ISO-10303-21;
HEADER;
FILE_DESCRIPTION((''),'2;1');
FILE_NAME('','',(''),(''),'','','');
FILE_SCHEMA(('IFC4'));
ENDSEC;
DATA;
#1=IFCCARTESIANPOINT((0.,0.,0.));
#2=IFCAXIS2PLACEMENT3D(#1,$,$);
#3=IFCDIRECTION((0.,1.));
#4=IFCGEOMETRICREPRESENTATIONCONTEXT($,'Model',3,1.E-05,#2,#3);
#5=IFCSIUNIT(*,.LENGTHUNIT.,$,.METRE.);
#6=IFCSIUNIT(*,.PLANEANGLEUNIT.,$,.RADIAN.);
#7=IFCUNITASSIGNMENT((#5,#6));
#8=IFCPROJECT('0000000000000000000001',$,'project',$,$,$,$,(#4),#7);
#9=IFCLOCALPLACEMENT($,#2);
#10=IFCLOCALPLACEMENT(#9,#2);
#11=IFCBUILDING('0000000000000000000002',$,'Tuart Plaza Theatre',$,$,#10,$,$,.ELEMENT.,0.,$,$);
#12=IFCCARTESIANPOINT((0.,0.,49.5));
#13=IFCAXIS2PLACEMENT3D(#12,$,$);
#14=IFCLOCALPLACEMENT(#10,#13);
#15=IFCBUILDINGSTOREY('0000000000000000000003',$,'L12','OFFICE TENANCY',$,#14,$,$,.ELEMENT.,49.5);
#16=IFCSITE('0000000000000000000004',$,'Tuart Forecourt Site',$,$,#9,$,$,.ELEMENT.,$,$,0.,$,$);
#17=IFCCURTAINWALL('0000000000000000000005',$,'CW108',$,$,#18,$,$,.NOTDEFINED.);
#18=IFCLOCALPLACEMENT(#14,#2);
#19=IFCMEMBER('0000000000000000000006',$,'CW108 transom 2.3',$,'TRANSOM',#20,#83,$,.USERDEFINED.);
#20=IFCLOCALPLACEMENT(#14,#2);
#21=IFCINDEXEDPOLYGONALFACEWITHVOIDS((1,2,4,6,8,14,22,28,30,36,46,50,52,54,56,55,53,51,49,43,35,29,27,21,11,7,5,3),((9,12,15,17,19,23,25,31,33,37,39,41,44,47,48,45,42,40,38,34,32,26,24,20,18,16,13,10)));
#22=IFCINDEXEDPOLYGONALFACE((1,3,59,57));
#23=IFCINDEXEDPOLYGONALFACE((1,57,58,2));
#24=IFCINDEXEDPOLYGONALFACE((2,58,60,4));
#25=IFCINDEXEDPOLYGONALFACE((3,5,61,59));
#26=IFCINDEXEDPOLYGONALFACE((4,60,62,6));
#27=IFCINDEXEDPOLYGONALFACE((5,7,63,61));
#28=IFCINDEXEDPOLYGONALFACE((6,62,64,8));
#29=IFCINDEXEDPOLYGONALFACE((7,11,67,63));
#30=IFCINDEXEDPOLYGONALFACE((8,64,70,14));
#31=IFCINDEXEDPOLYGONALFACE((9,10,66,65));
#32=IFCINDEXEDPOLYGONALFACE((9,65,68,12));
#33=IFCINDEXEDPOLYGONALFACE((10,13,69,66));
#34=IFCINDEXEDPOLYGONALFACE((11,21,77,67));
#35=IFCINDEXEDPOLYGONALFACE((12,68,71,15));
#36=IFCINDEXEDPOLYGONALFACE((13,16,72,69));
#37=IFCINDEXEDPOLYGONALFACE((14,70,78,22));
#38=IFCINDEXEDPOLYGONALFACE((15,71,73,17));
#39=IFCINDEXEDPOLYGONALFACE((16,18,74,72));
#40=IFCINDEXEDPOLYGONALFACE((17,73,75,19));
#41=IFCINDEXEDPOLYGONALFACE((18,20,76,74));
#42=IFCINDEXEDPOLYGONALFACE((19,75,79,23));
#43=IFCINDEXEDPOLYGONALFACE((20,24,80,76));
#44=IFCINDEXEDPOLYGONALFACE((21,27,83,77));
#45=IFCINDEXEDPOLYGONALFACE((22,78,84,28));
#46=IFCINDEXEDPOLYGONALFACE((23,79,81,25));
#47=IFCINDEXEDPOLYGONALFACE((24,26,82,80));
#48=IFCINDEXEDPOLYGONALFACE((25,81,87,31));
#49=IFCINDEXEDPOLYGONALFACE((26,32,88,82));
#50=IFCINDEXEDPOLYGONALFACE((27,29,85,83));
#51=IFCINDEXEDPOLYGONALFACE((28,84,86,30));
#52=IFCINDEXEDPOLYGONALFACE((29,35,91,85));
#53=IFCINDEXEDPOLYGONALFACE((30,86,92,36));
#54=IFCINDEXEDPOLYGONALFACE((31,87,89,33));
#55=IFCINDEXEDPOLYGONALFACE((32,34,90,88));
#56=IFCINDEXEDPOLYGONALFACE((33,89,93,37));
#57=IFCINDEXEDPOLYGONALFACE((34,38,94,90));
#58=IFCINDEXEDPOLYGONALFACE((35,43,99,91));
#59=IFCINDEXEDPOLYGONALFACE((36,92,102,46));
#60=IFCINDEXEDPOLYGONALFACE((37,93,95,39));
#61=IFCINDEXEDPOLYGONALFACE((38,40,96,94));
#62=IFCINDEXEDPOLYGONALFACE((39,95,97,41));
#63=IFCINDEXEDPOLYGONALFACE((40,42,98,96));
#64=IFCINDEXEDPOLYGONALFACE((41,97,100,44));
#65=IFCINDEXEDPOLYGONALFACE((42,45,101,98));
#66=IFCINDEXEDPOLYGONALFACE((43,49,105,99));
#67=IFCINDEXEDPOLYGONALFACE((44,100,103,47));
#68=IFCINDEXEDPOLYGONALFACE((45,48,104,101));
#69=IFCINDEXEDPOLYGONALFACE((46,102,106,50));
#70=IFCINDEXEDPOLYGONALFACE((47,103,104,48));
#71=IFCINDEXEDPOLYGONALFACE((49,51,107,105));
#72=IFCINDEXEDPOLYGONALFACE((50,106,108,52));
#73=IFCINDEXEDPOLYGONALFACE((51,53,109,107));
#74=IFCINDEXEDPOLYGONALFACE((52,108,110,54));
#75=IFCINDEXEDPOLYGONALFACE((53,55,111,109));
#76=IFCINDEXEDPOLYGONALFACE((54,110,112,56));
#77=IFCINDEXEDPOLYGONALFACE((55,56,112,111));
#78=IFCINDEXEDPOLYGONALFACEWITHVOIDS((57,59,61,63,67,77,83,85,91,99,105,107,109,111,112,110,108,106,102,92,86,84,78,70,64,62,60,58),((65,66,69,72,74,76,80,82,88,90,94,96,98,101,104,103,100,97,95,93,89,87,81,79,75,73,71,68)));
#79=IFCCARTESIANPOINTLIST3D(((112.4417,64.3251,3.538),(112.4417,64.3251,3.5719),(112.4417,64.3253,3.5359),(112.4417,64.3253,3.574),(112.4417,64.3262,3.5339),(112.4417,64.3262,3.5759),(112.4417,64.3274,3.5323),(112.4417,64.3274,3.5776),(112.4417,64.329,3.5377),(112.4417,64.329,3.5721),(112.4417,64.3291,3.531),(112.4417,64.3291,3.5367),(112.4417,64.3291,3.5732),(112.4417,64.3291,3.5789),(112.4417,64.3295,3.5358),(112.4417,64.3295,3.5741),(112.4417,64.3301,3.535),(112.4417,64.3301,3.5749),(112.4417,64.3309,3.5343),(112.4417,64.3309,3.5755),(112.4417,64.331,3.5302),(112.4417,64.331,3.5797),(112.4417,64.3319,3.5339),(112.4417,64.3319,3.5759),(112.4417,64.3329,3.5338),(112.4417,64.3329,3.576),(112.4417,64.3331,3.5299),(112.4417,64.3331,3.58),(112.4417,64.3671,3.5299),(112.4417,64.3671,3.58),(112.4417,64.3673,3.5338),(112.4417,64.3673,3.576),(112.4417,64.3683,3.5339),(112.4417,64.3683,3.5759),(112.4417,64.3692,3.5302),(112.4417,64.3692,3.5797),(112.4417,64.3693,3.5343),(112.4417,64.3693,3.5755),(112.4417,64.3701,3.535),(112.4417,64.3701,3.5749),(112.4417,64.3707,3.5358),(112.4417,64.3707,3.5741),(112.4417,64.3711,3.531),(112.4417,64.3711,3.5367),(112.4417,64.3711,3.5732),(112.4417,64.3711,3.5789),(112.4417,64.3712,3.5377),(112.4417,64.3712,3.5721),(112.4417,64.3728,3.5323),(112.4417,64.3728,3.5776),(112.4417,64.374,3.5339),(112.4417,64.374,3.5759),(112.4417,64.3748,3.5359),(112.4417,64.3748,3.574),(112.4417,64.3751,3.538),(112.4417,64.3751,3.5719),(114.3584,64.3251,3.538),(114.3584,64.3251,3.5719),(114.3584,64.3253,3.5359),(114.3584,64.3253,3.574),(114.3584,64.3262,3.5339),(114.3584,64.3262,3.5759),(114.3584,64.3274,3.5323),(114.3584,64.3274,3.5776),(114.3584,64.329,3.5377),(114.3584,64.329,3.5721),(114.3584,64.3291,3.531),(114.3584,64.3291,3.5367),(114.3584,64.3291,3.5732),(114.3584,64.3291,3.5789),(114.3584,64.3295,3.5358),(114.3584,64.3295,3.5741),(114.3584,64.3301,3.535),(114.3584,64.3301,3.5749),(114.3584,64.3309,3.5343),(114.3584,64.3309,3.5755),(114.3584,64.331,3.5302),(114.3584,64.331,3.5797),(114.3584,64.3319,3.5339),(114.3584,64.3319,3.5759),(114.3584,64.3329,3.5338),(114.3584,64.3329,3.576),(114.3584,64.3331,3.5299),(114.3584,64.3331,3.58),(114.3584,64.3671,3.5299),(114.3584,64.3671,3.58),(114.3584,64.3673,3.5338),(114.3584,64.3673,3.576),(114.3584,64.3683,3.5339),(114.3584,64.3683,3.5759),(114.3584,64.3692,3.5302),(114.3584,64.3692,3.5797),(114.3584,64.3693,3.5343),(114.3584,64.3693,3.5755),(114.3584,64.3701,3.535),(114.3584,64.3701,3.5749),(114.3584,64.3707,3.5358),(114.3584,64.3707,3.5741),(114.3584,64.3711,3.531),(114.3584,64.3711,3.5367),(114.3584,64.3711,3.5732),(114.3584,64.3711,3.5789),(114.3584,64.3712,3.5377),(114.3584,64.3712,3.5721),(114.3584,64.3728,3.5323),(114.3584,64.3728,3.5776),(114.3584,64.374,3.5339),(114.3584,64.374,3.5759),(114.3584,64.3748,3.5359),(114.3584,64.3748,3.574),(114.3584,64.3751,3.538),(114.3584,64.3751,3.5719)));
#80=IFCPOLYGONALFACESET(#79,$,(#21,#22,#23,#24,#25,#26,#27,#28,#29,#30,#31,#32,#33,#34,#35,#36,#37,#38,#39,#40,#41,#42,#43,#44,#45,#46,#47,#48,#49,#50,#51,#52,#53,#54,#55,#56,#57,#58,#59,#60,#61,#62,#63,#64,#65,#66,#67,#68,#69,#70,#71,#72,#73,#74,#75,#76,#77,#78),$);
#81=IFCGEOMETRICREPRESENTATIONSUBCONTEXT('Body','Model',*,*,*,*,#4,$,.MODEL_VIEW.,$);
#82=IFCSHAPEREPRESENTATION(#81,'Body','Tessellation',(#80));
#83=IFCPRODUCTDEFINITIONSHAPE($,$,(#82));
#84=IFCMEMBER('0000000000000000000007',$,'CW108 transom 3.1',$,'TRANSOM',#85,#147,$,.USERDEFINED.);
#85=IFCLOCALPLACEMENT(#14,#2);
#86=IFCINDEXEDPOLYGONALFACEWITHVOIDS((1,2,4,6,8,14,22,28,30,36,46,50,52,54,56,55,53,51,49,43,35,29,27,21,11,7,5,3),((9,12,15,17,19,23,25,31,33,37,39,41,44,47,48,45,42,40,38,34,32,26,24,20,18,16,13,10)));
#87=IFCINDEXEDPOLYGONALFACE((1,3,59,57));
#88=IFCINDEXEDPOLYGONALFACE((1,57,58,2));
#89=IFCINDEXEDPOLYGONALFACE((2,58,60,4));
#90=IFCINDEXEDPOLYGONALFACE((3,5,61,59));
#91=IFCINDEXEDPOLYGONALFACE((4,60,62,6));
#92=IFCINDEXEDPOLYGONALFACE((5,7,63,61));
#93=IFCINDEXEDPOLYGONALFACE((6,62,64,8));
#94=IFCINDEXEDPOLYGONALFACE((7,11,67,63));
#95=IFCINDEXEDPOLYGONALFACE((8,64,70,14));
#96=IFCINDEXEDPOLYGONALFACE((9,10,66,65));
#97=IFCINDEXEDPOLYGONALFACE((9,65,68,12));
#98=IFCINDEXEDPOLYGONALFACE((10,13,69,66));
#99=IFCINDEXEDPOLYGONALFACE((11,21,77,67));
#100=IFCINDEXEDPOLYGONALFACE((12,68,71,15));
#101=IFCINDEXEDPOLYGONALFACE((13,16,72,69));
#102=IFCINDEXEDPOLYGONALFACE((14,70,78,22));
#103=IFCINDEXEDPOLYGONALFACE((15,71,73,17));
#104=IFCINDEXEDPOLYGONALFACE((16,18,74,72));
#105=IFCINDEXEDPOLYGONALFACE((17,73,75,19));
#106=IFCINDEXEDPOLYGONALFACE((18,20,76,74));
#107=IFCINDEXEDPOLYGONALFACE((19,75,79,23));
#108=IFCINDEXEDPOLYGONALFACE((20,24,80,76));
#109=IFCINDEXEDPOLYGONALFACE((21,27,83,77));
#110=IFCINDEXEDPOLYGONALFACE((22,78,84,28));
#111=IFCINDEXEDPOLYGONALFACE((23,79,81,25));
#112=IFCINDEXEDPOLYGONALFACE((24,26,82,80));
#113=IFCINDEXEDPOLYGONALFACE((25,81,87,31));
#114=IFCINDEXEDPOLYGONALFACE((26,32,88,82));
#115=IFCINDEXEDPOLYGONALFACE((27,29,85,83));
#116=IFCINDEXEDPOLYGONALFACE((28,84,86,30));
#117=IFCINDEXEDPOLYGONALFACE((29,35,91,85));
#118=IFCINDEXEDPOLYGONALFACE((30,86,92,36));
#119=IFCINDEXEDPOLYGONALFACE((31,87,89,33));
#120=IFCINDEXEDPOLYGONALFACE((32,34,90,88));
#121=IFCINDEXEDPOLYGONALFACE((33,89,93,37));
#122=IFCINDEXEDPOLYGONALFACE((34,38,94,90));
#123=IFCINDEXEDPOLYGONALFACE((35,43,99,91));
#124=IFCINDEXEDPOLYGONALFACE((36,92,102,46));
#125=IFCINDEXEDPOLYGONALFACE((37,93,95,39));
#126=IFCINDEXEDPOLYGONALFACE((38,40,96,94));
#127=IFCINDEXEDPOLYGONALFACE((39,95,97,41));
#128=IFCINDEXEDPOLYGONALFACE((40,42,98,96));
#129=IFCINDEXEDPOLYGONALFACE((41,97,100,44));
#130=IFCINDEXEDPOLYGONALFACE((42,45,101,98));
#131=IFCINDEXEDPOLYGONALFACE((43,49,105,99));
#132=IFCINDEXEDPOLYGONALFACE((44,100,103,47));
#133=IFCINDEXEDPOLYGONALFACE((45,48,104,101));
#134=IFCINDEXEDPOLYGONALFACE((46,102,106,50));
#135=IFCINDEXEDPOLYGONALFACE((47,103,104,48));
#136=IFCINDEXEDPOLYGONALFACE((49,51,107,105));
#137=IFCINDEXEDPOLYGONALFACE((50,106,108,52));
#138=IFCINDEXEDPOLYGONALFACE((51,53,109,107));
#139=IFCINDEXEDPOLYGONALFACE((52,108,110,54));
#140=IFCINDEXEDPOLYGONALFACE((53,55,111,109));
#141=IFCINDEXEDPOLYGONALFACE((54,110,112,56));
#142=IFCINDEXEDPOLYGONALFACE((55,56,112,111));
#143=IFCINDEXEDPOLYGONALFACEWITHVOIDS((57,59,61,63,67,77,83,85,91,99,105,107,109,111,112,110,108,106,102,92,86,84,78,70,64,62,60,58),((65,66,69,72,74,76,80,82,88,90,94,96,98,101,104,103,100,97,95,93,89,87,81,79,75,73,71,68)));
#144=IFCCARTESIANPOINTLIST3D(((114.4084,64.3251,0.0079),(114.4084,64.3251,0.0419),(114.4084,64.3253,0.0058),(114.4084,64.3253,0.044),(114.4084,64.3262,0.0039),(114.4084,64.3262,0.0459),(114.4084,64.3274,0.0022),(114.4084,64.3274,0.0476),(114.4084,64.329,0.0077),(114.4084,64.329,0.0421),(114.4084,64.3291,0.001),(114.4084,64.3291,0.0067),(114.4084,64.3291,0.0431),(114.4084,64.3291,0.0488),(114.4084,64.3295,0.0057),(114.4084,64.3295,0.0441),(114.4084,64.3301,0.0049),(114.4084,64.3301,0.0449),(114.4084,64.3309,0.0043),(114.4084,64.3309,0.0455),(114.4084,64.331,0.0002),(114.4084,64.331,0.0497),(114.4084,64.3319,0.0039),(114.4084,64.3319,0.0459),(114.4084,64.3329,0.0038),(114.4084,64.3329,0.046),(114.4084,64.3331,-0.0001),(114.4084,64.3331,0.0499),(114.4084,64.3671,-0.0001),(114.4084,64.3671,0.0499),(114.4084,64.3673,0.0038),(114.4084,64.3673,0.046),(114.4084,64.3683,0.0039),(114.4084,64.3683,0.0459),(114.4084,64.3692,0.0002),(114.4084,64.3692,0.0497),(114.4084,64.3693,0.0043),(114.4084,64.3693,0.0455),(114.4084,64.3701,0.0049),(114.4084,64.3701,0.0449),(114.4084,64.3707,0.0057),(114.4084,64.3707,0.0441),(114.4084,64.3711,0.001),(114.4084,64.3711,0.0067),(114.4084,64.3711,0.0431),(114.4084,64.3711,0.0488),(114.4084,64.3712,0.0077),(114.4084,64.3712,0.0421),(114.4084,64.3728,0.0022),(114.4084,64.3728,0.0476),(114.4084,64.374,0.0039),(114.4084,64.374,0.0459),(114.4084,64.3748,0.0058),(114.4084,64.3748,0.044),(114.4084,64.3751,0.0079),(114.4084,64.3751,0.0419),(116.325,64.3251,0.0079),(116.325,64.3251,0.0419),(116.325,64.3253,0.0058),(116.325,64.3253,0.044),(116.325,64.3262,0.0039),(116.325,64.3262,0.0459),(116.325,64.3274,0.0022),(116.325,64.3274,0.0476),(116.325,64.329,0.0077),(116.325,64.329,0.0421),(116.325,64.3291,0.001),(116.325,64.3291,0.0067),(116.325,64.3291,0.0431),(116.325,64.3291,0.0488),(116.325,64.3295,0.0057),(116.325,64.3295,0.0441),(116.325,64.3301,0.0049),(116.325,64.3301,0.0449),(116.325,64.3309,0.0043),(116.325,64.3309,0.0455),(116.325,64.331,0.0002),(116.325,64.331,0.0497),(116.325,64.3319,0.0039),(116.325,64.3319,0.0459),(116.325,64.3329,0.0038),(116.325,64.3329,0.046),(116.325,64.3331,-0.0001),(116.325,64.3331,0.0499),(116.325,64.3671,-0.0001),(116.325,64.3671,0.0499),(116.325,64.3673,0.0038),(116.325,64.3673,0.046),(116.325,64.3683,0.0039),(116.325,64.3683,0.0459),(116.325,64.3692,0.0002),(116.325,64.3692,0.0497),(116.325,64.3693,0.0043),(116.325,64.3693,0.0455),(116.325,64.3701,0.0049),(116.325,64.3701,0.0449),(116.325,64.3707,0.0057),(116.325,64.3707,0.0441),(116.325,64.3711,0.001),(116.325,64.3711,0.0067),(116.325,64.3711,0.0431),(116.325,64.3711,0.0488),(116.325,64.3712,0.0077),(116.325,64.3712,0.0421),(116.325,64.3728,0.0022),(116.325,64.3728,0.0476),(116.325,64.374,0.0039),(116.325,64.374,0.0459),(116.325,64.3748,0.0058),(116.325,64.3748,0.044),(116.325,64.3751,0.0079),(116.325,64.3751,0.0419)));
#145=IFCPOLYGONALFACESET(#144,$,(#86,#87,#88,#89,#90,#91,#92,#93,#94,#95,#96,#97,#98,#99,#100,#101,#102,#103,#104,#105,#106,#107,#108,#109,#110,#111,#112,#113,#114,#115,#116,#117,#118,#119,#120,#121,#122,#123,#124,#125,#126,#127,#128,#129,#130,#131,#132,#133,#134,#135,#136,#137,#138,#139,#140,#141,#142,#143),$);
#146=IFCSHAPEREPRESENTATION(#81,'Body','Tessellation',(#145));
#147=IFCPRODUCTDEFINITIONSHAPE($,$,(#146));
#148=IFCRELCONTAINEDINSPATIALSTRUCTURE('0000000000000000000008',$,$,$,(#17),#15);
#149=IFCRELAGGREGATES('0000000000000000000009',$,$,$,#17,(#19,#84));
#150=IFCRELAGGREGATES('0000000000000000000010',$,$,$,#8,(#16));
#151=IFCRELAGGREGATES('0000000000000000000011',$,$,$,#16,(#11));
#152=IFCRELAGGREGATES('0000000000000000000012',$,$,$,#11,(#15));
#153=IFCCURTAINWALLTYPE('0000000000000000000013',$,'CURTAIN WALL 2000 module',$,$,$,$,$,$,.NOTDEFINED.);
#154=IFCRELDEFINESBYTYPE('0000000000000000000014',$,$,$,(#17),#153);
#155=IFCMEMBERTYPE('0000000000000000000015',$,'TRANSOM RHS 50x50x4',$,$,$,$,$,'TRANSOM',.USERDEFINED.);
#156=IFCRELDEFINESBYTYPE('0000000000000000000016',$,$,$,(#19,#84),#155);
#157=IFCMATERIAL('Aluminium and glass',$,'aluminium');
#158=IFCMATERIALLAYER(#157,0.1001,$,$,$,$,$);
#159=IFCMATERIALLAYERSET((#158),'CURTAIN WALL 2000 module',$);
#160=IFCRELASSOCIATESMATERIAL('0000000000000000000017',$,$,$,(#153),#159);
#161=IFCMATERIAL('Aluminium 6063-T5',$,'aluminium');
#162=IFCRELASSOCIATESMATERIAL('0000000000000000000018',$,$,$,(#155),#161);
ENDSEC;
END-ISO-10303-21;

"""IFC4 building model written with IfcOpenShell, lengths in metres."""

from ifc_helpers import new_model, si_unit, direction, frame, origin, origin_2d, place, context, subcontext, project, spatial, hollow_rectangle, extrude, material, layer, layer_set, material_profile, profile_set, type_object, element, aggregate, save


model = new_model("IFC4")

# Units and contexts
model_context = context("Model", 3, precision=1e-05, world=origin(), true_north=direction((0.0, 1.0)))
body_context = subcontext(model_context, "Body", "Model", "MODEL_VIEW")
ifc_project = project(units=[si_unit("LENGTHUNIT", "METRE"), si_unit("PLANEANGLEUNIT", "RADIAN")], contexts=[model_context])

# Site, building, storey
site_placement = place(None, origin())
site = spatial("IfcSite", under=ifc_project, at=site_placement, Name="Tuart Forecourt Site", CompositionType="ELEMENT", RefElevation=0.0)
building_placement = place(site_placement, origin())
building = spatial("IfcBuilding", under=site, at=building_placement, Name="Tuart Plaza Theatre", CompositionType="ELEMENT", ElevationOfRefHeight=0.0)
storey_placement = place(building_placement, frame((0.0, 0.0, 49.5)))
storey = spatial("IfcBuildingStorey", under=building, at=storey_placement, Name="L12", Description="OFFICE TENANCY", CompositionType="ELEMENT", Elevation=49.5)

# Curtain wall
ifc_material_1 = material(Name="Aluminium and glass", Category="aluminium")
ifc_layer_1 = layer(ifc_material_1, 0.1001)
ifc_layer_set_1 = layer_set([ifc_layer_1], Name="CURTAIN WALL 2000 module")
curtain_wall_type = type_object("IfcCurtainWallType", Name="CURTAIN WALL 2000 module", PredefinedType="NOTDEFINED", material=ifc_layer_set_1)
curtain_wall_1_placement = place(storey_placement, origin())
curtain_wall_1 = element("IfcCurtainWall", 1, at=curtain_wall_1_placement, inside=storey, type_object=curtain_wall_type, Name="CW108", PredefinedType="NOTDEFINED")
ifc_material_2 = material(Name="Aluminium 6063-T5", Category="aluminium")
ifc_material_profile_1 = material_profile(ifc_material_2, hollow_rectangle(XDim=0.05, YDim=0.05, WallThickness=0.0039, InnerFilletRadius=0.0039, OuterFilletRadius=0.0081, at=origin_2d()), Name="RHS 50x50x4")
ifc_profile_set_1 = profile_set([ifc_material_profile_1], Name="Aluminium 6063-T5")
member_type_1 = type_object("IfcMemberType", Name="TRANSOM RHS 50x50x4", ElementType="TRANSOM", PredefinedType="USERDEFINED", material=ifc_profile_set_1)

# Members
member_1_placement = place(storey_placement, frame((112.4417, 64.3501, 3.5549), z_axis=(1.0, 0.0, 0.0), x_axis=(0.0, 1.0, 0.0)))
member_1 = element("IfcMember", 2, at=member_1_placement, type_object=member_type_1, Name="CW108 transom 2.3", ObjectType="TRANSOM", PredefinedType="USERDEFINED", context=body_context, shape_type="SweptSolid", body=[
    extrude(hollow_rectangle(XDim=0.05, YDim=0.05, WallThickness=0.0039, InnerFilletRadius=0.0039, OuterFilletRadius=0.0081, at=origin_2d()), origin(), (0.0, 0.0, 1.0), 1.9167),
])
member_2_placement = place(storey_placement, frame((114.4084, 64.3501, 0.0249), z_axis=(1.0, 0.0, 0.0), x_axis=(0.0, 1.0, 0.0)))
member_2 = element("IfcMember", 3, at=member_2_placement, type_object=member_type_1, Name="CW108 transom 3.1", ObjectType="TRANSOM", PredefinedType="USERDEFINED", context=body_context, shape_type="SweptSolid", body=[
    extrude(hollow_rectangle(XDim=0.05, YDim=0.05, WallThickness=0.0039, InnerFilletRadius=0.0039, OuterFilletRadius=0.0081, at=origin_2d()), origin(), (0.0, 0.0, 1.0), 1.9165),
])

aggregate(curtain_wall_1, [member_1, member_2])

save(model, "model.ifc")
